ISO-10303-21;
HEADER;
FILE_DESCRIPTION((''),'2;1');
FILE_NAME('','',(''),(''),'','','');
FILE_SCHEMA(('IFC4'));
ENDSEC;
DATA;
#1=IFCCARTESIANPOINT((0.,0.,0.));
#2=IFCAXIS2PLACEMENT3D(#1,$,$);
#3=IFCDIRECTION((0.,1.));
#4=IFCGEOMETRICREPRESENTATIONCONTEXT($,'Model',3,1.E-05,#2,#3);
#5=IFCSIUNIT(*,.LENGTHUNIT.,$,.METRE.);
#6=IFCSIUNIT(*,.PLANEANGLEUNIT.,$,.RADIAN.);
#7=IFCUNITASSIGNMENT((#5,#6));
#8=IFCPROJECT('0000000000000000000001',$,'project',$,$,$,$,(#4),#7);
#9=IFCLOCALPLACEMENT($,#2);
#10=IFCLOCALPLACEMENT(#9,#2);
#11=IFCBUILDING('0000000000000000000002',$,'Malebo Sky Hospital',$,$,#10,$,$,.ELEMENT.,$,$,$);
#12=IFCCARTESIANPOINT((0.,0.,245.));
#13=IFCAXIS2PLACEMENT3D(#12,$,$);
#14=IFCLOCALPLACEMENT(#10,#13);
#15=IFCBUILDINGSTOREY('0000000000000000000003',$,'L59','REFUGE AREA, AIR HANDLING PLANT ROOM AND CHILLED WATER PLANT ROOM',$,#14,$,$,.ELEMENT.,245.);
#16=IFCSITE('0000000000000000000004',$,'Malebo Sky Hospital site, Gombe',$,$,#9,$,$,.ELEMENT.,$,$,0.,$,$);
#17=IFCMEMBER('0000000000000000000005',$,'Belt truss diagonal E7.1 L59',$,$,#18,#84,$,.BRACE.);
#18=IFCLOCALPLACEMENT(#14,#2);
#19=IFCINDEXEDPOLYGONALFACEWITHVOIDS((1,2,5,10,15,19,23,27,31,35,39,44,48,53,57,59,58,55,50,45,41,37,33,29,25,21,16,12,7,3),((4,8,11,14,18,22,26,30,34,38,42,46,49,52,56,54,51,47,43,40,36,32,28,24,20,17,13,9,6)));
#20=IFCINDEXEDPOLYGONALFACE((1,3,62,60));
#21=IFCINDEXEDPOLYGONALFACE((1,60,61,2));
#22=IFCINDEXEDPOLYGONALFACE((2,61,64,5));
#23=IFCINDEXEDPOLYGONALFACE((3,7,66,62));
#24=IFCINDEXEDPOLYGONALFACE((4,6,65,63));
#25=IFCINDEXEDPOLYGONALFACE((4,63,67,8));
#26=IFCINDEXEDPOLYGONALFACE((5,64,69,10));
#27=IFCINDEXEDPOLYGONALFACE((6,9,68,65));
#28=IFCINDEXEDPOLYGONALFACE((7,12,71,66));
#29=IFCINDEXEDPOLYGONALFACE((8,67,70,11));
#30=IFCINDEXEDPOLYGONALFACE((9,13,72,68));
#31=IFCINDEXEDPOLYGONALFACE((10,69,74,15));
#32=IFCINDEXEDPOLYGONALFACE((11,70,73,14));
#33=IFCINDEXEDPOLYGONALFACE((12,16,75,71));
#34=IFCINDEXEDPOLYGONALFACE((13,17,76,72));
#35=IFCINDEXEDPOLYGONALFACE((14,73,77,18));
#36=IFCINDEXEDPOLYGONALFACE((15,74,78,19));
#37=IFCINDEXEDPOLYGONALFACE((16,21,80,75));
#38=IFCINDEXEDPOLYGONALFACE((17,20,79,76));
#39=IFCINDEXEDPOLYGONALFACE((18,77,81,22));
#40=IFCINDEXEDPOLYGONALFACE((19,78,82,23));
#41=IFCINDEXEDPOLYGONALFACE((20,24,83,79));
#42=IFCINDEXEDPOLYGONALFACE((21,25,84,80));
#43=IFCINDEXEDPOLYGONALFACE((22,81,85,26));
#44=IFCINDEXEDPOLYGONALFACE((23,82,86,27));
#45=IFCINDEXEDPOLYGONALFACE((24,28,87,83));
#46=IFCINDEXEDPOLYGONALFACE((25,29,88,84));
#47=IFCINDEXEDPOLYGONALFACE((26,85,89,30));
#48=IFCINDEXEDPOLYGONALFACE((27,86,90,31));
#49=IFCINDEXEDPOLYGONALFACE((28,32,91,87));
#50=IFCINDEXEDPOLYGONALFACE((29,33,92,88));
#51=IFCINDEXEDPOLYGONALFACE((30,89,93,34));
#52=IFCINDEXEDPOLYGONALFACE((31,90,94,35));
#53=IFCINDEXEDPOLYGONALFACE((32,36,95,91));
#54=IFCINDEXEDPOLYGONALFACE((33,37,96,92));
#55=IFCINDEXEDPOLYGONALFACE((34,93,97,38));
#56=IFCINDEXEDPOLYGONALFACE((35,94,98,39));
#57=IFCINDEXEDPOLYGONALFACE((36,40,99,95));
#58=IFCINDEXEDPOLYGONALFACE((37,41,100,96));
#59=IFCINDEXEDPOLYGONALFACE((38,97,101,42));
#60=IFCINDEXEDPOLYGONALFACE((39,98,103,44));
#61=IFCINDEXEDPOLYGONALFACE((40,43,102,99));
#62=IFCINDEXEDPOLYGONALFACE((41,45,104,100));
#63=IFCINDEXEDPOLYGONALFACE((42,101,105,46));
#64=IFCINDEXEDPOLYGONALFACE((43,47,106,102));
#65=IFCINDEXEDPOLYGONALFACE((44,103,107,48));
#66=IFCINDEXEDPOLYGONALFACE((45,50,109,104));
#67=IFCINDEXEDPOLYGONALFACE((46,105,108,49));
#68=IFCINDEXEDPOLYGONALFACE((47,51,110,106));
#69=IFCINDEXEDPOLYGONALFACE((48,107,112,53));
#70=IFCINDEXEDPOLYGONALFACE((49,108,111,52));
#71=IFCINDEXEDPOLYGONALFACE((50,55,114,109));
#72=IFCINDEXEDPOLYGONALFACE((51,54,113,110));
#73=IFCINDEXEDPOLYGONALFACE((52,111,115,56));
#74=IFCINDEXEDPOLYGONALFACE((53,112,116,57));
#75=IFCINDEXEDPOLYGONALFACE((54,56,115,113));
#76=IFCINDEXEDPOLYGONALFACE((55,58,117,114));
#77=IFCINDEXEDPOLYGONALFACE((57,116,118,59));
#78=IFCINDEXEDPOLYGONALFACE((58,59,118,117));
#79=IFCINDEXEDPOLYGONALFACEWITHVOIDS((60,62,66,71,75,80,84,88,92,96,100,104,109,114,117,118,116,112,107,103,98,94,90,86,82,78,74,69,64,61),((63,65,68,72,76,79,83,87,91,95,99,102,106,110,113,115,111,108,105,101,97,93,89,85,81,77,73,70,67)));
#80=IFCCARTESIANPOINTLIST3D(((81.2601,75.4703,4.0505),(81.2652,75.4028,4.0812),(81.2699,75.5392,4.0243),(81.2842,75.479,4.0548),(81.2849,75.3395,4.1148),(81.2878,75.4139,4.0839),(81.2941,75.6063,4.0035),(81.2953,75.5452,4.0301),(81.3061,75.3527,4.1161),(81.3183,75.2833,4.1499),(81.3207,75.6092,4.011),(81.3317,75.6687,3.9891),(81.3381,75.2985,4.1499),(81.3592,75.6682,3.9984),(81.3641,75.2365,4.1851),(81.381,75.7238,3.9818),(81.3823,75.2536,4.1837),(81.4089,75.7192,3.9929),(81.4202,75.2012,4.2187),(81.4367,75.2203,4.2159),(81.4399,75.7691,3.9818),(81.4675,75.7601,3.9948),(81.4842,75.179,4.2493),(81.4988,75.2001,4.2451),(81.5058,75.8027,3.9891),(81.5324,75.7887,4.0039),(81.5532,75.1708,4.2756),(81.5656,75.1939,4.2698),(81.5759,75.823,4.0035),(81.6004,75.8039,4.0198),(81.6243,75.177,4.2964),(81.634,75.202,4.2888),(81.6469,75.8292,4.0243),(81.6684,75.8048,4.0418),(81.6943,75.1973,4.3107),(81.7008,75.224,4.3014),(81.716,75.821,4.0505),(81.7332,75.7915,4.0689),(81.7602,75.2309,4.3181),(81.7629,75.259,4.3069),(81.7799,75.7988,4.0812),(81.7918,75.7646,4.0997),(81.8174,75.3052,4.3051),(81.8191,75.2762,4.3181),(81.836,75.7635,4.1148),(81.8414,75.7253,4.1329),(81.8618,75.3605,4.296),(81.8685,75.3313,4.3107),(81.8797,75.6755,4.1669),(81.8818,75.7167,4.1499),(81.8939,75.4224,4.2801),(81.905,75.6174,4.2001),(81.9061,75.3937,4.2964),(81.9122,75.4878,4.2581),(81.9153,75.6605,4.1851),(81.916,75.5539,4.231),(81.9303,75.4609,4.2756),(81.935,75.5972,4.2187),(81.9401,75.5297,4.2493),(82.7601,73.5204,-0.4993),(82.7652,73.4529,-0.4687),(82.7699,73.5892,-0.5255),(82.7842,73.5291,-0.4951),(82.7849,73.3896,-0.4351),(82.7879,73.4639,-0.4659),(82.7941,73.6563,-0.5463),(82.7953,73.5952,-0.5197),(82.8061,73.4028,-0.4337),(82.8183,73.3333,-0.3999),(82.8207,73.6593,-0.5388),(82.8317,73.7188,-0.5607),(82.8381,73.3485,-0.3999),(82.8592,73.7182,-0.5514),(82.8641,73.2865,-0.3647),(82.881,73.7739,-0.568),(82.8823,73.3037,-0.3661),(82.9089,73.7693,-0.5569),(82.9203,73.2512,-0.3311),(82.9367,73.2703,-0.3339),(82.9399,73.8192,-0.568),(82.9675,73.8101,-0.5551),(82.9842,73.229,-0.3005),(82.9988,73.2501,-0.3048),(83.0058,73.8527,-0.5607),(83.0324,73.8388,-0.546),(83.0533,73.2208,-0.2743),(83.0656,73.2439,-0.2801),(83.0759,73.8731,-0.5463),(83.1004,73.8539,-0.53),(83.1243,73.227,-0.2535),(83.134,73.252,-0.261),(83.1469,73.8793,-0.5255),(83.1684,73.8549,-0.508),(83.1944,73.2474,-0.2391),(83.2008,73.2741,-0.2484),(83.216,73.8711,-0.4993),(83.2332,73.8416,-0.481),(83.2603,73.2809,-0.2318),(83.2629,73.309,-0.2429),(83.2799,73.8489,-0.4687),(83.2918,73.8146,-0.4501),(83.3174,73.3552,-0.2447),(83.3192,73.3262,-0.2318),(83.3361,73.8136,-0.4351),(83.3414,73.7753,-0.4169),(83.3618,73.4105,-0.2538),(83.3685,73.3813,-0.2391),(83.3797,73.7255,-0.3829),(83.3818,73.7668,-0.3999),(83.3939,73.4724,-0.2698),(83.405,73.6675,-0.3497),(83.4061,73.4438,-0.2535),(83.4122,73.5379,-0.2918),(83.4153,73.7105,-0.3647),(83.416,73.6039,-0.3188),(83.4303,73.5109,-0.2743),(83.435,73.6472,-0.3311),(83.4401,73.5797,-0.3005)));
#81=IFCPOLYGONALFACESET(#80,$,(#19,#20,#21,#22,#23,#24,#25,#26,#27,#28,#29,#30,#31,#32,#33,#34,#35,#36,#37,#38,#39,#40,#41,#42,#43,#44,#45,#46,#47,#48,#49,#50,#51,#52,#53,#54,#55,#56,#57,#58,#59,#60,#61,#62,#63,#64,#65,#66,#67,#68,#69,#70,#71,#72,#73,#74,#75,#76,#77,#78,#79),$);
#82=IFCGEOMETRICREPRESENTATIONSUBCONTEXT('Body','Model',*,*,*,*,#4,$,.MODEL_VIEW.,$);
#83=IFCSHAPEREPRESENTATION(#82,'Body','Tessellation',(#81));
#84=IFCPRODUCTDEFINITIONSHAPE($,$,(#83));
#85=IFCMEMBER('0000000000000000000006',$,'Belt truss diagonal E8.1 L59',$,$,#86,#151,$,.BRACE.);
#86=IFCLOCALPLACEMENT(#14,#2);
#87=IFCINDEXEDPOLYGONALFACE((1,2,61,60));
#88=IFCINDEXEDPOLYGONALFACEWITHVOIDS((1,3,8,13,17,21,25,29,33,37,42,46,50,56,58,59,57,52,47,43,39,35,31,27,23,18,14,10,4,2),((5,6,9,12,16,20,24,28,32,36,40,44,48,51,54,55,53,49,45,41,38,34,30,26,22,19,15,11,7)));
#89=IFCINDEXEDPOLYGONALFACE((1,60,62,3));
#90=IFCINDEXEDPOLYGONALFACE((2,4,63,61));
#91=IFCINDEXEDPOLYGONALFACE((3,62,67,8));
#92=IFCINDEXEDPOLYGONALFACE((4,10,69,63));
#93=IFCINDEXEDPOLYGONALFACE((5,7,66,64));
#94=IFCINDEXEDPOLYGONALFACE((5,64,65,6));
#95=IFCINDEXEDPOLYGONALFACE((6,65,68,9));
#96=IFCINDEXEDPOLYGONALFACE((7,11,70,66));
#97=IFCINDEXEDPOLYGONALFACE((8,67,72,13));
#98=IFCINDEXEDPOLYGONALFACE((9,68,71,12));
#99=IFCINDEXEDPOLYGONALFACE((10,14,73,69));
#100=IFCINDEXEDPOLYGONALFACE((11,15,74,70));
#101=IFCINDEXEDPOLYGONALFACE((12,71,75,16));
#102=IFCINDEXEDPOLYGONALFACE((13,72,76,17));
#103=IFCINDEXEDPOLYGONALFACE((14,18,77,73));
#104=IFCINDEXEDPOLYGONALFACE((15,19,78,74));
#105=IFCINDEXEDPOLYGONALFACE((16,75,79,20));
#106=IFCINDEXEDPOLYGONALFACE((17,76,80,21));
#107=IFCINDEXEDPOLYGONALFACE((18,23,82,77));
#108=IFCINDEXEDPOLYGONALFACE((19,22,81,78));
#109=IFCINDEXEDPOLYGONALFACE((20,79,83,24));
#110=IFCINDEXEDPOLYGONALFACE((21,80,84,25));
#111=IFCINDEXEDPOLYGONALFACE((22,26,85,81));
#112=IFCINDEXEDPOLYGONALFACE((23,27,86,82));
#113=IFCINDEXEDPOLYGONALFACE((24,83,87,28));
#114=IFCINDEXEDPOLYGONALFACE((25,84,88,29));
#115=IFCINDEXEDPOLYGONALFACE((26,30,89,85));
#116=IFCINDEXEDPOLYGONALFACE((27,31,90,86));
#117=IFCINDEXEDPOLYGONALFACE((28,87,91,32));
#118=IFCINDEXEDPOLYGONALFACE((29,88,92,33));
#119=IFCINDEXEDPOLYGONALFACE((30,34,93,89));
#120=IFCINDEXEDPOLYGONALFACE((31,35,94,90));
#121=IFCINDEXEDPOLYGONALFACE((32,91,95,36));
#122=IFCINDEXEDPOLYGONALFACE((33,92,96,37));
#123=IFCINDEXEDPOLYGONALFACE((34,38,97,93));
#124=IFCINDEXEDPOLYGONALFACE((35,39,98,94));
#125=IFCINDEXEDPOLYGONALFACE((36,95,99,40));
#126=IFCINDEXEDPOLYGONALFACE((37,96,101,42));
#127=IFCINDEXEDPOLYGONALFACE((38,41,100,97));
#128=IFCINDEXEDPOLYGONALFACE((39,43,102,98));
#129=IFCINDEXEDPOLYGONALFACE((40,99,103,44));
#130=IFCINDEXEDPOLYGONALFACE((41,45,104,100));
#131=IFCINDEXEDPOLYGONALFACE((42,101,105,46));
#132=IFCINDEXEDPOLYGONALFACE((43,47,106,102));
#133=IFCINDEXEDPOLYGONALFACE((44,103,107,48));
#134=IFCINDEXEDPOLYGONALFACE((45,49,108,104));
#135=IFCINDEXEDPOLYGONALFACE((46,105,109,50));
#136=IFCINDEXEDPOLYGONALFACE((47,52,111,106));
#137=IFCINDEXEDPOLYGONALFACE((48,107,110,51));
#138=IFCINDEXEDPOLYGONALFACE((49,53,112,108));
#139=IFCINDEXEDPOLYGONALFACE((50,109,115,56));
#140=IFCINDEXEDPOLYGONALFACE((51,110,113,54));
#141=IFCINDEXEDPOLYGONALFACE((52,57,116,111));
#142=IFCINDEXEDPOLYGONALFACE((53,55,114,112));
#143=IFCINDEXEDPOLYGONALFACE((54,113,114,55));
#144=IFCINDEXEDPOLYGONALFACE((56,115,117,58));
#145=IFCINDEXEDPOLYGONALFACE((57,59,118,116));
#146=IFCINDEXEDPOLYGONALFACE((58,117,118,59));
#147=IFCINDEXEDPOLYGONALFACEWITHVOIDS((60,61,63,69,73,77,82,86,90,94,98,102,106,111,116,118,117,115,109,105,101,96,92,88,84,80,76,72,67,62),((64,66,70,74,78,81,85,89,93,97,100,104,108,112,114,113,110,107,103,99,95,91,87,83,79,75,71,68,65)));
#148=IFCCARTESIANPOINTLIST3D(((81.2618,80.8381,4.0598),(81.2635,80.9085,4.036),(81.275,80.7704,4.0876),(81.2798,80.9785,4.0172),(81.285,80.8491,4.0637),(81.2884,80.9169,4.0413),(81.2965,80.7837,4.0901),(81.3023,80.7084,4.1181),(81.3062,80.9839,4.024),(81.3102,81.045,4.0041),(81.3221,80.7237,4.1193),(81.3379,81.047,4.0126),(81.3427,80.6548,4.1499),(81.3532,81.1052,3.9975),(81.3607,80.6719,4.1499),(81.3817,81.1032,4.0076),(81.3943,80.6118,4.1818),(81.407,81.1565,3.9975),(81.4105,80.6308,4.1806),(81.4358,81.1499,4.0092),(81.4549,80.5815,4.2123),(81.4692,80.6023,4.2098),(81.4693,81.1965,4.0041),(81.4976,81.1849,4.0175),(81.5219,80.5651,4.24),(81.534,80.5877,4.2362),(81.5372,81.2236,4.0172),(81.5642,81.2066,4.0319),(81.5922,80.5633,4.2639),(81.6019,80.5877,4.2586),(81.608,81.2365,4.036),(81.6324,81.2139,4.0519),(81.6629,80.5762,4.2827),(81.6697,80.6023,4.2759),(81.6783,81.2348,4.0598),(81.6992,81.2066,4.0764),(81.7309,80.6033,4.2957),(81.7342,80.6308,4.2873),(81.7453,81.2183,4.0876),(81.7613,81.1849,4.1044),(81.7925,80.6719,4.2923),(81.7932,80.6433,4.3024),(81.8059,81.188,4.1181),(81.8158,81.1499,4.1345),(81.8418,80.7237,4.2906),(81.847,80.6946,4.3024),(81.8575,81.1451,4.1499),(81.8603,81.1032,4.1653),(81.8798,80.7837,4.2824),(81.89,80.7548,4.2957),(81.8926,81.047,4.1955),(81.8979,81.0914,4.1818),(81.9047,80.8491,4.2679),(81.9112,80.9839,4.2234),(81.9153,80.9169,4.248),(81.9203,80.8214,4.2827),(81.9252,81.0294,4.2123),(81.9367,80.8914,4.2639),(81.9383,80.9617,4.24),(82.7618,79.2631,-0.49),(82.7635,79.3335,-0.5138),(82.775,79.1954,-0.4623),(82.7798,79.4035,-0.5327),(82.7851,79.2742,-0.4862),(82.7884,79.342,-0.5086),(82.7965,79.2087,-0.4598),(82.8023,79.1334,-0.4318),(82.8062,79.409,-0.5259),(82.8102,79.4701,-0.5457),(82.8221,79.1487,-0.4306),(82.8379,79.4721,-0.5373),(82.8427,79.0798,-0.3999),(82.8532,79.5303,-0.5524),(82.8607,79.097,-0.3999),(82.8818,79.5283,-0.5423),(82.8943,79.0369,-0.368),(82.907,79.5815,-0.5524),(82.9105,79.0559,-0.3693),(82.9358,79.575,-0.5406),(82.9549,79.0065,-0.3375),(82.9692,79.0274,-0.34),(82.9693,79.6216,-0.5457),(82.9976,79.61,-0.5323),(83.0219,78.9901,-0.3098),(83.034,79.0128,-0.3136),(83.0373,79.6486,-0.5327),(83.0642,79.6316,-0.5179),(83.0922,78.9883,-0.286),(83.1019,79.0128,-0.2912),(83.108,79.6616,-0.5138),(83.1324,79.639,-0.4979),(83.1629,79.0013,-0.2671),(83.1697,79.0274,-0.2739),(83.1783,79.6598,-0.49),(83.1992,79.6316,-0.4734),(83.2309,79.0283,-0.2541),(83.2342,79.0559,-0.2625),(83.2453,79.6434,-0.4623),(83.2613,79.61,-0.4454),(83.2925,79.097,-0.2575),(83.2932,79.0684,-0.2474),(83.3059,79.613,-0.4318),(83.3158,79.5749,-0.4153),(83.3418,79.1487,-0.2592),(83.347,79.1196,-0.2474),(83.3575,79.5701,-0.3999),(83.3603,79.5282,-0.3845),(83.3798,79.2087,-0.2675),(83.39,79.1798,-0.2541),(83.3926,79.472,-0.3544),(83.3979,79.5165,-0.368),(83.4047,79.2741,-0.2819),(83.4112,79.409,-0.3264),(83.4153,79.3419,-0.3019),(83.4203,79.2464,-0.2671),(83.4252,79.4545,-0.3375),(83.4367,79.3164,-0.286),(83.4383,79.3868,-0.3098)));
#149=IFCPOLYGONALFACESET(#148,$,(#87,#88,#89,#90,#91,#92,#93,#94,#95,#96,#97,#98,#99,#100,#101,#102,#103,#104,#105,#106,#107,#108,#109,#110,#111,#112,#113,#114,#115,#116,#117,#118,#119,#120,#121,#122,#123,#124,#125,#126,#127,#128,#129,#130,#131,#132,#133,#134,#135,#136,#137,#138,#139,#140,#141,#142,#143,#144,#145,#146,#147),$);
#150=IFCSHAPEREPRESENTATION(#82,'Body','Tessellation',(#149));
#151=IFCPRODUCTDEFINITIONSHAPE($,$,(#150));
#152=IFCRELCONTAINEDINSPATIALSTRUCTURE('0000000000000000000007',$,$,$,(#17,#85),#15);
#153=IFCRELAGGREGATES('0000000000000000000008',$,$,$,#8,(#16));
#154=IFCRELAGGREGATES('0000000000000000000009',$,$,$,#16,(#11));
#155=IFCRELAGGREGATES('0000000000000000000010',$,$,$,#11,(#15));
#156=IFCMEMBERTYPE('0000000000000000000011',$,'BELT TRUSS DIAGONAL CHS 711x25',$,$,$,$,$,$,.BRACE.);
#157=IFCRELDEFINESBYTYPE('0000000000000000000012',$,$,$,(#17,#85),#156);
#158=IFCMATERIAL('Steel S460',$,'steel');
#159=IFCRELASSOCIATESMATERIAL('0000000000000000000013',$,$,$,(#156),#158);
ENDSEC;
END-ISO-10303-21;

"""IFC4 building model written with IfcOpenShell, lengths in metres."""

from ifc_helpers import new_model, si_unit, direction, frame, origin, origin_2d, place, context, subcontext, project, spatial, hollow_circle, extrude, material, material_profile, profile_set, type_object, element, save


model = new_model("IFC4")

# Units and contexts
model_context = context("Model", 3, precision=1e-05, world=origin(), true_north=direction((0.0, 1.0)))
body_context = subcontext(model_context, "Body", "Model", "MODEL_VIEW")
ifc_project = project(units=[si_unit("LENGTHUNIT", "METRE"), si_unit("PLANEANGLEUNIT", "RADIAN")], contexts=[model_context])

# Site, building, storey
site_placement = place(None, origin())
site = spatial("IfcSite", under=ifc_project, at=site_placement, Name="Malebo Sky Hospital site, Gombe", CompositionType="ELEMENT", RefElevation=0.0)
building_placement = place(site_placement, origin())
building = spatial("IfcBuilding", under=site, at=building_placement, Name="Malebo Sky Hospital", CompositionType="ELEMENT")
storey_placement = place(building_placement, frame((0.0, 0.0, 245.0)))
storey = spatial("IfcBuildingStorey", under=building, at=storey_placement, Name="L59", Description="REFUGE AREA, AIR HANDLING PLANT ROOM AND CHILLED WATER PLANT ROOM", CompositionType="ELEMENT", Elevation=245.0)

# Members
ifc_material_1 = material(Name="Steel S460", Category="steel")
ifc_material_profile_1 = material_profile(ifc_material_1, hollow_circle(Radius=0.3555, WallThickness=0.0249, at=origin_2d()), Name="CHS 711x25")
ifc_profile_set_1 = profile_set([ifc_material_profile_1], Name="Steel S460")
member_type_1 = type_object("IfcMemberType", Name="BELT TRUSS DIAGONAL CHS 711x25", PredefinedType="BRACE", material=ifc_profile_set_1)
member_1_placement = place(storey_placement, frame((83.1001, 73.55, -0.3999), z_axis=(-0.290005, 0.376996, 0.879643), x_axis=(-0.792617, -0.60972, 0.0)))
element("IfcMember", 1, at=member_1_placement, inside=storey, type_object=member_type_1, Name="Belt truss diagonal E7.1 L59", PredefinedType="BRACE", context=body_context, shape_type="SweptSolid", body=[
    extrude(hollow_circle(Radius=0.3555, WallThickness=0.0249, at=origin_2d()), origin(), (0.0, 0.0, 1.0), 5.1724),
])
member_2_placement = place(storey_placement, frame((83.1001, 79.325, -0.3999), z_axis=(-0.297446, 0.312308, 0.902214), x_axis=(-0.724127, -0.689666, 0.0)))
element("IfcMember", 2, at=member_2_placement, inside=storey, type_object=member_type_1, Name="Belt truss diagonal E8.1 L59", PredefinedType="BRACE", context=body_context, shape_type="SweptSolid", body=[
    extrude(hollow_circle(Radius=0.3555, WallThickness=0.0249, at=origin_2d()), origin(), (0.0, 0.0, 1.0), 5.043),
])

save(model, "model.ifc")
